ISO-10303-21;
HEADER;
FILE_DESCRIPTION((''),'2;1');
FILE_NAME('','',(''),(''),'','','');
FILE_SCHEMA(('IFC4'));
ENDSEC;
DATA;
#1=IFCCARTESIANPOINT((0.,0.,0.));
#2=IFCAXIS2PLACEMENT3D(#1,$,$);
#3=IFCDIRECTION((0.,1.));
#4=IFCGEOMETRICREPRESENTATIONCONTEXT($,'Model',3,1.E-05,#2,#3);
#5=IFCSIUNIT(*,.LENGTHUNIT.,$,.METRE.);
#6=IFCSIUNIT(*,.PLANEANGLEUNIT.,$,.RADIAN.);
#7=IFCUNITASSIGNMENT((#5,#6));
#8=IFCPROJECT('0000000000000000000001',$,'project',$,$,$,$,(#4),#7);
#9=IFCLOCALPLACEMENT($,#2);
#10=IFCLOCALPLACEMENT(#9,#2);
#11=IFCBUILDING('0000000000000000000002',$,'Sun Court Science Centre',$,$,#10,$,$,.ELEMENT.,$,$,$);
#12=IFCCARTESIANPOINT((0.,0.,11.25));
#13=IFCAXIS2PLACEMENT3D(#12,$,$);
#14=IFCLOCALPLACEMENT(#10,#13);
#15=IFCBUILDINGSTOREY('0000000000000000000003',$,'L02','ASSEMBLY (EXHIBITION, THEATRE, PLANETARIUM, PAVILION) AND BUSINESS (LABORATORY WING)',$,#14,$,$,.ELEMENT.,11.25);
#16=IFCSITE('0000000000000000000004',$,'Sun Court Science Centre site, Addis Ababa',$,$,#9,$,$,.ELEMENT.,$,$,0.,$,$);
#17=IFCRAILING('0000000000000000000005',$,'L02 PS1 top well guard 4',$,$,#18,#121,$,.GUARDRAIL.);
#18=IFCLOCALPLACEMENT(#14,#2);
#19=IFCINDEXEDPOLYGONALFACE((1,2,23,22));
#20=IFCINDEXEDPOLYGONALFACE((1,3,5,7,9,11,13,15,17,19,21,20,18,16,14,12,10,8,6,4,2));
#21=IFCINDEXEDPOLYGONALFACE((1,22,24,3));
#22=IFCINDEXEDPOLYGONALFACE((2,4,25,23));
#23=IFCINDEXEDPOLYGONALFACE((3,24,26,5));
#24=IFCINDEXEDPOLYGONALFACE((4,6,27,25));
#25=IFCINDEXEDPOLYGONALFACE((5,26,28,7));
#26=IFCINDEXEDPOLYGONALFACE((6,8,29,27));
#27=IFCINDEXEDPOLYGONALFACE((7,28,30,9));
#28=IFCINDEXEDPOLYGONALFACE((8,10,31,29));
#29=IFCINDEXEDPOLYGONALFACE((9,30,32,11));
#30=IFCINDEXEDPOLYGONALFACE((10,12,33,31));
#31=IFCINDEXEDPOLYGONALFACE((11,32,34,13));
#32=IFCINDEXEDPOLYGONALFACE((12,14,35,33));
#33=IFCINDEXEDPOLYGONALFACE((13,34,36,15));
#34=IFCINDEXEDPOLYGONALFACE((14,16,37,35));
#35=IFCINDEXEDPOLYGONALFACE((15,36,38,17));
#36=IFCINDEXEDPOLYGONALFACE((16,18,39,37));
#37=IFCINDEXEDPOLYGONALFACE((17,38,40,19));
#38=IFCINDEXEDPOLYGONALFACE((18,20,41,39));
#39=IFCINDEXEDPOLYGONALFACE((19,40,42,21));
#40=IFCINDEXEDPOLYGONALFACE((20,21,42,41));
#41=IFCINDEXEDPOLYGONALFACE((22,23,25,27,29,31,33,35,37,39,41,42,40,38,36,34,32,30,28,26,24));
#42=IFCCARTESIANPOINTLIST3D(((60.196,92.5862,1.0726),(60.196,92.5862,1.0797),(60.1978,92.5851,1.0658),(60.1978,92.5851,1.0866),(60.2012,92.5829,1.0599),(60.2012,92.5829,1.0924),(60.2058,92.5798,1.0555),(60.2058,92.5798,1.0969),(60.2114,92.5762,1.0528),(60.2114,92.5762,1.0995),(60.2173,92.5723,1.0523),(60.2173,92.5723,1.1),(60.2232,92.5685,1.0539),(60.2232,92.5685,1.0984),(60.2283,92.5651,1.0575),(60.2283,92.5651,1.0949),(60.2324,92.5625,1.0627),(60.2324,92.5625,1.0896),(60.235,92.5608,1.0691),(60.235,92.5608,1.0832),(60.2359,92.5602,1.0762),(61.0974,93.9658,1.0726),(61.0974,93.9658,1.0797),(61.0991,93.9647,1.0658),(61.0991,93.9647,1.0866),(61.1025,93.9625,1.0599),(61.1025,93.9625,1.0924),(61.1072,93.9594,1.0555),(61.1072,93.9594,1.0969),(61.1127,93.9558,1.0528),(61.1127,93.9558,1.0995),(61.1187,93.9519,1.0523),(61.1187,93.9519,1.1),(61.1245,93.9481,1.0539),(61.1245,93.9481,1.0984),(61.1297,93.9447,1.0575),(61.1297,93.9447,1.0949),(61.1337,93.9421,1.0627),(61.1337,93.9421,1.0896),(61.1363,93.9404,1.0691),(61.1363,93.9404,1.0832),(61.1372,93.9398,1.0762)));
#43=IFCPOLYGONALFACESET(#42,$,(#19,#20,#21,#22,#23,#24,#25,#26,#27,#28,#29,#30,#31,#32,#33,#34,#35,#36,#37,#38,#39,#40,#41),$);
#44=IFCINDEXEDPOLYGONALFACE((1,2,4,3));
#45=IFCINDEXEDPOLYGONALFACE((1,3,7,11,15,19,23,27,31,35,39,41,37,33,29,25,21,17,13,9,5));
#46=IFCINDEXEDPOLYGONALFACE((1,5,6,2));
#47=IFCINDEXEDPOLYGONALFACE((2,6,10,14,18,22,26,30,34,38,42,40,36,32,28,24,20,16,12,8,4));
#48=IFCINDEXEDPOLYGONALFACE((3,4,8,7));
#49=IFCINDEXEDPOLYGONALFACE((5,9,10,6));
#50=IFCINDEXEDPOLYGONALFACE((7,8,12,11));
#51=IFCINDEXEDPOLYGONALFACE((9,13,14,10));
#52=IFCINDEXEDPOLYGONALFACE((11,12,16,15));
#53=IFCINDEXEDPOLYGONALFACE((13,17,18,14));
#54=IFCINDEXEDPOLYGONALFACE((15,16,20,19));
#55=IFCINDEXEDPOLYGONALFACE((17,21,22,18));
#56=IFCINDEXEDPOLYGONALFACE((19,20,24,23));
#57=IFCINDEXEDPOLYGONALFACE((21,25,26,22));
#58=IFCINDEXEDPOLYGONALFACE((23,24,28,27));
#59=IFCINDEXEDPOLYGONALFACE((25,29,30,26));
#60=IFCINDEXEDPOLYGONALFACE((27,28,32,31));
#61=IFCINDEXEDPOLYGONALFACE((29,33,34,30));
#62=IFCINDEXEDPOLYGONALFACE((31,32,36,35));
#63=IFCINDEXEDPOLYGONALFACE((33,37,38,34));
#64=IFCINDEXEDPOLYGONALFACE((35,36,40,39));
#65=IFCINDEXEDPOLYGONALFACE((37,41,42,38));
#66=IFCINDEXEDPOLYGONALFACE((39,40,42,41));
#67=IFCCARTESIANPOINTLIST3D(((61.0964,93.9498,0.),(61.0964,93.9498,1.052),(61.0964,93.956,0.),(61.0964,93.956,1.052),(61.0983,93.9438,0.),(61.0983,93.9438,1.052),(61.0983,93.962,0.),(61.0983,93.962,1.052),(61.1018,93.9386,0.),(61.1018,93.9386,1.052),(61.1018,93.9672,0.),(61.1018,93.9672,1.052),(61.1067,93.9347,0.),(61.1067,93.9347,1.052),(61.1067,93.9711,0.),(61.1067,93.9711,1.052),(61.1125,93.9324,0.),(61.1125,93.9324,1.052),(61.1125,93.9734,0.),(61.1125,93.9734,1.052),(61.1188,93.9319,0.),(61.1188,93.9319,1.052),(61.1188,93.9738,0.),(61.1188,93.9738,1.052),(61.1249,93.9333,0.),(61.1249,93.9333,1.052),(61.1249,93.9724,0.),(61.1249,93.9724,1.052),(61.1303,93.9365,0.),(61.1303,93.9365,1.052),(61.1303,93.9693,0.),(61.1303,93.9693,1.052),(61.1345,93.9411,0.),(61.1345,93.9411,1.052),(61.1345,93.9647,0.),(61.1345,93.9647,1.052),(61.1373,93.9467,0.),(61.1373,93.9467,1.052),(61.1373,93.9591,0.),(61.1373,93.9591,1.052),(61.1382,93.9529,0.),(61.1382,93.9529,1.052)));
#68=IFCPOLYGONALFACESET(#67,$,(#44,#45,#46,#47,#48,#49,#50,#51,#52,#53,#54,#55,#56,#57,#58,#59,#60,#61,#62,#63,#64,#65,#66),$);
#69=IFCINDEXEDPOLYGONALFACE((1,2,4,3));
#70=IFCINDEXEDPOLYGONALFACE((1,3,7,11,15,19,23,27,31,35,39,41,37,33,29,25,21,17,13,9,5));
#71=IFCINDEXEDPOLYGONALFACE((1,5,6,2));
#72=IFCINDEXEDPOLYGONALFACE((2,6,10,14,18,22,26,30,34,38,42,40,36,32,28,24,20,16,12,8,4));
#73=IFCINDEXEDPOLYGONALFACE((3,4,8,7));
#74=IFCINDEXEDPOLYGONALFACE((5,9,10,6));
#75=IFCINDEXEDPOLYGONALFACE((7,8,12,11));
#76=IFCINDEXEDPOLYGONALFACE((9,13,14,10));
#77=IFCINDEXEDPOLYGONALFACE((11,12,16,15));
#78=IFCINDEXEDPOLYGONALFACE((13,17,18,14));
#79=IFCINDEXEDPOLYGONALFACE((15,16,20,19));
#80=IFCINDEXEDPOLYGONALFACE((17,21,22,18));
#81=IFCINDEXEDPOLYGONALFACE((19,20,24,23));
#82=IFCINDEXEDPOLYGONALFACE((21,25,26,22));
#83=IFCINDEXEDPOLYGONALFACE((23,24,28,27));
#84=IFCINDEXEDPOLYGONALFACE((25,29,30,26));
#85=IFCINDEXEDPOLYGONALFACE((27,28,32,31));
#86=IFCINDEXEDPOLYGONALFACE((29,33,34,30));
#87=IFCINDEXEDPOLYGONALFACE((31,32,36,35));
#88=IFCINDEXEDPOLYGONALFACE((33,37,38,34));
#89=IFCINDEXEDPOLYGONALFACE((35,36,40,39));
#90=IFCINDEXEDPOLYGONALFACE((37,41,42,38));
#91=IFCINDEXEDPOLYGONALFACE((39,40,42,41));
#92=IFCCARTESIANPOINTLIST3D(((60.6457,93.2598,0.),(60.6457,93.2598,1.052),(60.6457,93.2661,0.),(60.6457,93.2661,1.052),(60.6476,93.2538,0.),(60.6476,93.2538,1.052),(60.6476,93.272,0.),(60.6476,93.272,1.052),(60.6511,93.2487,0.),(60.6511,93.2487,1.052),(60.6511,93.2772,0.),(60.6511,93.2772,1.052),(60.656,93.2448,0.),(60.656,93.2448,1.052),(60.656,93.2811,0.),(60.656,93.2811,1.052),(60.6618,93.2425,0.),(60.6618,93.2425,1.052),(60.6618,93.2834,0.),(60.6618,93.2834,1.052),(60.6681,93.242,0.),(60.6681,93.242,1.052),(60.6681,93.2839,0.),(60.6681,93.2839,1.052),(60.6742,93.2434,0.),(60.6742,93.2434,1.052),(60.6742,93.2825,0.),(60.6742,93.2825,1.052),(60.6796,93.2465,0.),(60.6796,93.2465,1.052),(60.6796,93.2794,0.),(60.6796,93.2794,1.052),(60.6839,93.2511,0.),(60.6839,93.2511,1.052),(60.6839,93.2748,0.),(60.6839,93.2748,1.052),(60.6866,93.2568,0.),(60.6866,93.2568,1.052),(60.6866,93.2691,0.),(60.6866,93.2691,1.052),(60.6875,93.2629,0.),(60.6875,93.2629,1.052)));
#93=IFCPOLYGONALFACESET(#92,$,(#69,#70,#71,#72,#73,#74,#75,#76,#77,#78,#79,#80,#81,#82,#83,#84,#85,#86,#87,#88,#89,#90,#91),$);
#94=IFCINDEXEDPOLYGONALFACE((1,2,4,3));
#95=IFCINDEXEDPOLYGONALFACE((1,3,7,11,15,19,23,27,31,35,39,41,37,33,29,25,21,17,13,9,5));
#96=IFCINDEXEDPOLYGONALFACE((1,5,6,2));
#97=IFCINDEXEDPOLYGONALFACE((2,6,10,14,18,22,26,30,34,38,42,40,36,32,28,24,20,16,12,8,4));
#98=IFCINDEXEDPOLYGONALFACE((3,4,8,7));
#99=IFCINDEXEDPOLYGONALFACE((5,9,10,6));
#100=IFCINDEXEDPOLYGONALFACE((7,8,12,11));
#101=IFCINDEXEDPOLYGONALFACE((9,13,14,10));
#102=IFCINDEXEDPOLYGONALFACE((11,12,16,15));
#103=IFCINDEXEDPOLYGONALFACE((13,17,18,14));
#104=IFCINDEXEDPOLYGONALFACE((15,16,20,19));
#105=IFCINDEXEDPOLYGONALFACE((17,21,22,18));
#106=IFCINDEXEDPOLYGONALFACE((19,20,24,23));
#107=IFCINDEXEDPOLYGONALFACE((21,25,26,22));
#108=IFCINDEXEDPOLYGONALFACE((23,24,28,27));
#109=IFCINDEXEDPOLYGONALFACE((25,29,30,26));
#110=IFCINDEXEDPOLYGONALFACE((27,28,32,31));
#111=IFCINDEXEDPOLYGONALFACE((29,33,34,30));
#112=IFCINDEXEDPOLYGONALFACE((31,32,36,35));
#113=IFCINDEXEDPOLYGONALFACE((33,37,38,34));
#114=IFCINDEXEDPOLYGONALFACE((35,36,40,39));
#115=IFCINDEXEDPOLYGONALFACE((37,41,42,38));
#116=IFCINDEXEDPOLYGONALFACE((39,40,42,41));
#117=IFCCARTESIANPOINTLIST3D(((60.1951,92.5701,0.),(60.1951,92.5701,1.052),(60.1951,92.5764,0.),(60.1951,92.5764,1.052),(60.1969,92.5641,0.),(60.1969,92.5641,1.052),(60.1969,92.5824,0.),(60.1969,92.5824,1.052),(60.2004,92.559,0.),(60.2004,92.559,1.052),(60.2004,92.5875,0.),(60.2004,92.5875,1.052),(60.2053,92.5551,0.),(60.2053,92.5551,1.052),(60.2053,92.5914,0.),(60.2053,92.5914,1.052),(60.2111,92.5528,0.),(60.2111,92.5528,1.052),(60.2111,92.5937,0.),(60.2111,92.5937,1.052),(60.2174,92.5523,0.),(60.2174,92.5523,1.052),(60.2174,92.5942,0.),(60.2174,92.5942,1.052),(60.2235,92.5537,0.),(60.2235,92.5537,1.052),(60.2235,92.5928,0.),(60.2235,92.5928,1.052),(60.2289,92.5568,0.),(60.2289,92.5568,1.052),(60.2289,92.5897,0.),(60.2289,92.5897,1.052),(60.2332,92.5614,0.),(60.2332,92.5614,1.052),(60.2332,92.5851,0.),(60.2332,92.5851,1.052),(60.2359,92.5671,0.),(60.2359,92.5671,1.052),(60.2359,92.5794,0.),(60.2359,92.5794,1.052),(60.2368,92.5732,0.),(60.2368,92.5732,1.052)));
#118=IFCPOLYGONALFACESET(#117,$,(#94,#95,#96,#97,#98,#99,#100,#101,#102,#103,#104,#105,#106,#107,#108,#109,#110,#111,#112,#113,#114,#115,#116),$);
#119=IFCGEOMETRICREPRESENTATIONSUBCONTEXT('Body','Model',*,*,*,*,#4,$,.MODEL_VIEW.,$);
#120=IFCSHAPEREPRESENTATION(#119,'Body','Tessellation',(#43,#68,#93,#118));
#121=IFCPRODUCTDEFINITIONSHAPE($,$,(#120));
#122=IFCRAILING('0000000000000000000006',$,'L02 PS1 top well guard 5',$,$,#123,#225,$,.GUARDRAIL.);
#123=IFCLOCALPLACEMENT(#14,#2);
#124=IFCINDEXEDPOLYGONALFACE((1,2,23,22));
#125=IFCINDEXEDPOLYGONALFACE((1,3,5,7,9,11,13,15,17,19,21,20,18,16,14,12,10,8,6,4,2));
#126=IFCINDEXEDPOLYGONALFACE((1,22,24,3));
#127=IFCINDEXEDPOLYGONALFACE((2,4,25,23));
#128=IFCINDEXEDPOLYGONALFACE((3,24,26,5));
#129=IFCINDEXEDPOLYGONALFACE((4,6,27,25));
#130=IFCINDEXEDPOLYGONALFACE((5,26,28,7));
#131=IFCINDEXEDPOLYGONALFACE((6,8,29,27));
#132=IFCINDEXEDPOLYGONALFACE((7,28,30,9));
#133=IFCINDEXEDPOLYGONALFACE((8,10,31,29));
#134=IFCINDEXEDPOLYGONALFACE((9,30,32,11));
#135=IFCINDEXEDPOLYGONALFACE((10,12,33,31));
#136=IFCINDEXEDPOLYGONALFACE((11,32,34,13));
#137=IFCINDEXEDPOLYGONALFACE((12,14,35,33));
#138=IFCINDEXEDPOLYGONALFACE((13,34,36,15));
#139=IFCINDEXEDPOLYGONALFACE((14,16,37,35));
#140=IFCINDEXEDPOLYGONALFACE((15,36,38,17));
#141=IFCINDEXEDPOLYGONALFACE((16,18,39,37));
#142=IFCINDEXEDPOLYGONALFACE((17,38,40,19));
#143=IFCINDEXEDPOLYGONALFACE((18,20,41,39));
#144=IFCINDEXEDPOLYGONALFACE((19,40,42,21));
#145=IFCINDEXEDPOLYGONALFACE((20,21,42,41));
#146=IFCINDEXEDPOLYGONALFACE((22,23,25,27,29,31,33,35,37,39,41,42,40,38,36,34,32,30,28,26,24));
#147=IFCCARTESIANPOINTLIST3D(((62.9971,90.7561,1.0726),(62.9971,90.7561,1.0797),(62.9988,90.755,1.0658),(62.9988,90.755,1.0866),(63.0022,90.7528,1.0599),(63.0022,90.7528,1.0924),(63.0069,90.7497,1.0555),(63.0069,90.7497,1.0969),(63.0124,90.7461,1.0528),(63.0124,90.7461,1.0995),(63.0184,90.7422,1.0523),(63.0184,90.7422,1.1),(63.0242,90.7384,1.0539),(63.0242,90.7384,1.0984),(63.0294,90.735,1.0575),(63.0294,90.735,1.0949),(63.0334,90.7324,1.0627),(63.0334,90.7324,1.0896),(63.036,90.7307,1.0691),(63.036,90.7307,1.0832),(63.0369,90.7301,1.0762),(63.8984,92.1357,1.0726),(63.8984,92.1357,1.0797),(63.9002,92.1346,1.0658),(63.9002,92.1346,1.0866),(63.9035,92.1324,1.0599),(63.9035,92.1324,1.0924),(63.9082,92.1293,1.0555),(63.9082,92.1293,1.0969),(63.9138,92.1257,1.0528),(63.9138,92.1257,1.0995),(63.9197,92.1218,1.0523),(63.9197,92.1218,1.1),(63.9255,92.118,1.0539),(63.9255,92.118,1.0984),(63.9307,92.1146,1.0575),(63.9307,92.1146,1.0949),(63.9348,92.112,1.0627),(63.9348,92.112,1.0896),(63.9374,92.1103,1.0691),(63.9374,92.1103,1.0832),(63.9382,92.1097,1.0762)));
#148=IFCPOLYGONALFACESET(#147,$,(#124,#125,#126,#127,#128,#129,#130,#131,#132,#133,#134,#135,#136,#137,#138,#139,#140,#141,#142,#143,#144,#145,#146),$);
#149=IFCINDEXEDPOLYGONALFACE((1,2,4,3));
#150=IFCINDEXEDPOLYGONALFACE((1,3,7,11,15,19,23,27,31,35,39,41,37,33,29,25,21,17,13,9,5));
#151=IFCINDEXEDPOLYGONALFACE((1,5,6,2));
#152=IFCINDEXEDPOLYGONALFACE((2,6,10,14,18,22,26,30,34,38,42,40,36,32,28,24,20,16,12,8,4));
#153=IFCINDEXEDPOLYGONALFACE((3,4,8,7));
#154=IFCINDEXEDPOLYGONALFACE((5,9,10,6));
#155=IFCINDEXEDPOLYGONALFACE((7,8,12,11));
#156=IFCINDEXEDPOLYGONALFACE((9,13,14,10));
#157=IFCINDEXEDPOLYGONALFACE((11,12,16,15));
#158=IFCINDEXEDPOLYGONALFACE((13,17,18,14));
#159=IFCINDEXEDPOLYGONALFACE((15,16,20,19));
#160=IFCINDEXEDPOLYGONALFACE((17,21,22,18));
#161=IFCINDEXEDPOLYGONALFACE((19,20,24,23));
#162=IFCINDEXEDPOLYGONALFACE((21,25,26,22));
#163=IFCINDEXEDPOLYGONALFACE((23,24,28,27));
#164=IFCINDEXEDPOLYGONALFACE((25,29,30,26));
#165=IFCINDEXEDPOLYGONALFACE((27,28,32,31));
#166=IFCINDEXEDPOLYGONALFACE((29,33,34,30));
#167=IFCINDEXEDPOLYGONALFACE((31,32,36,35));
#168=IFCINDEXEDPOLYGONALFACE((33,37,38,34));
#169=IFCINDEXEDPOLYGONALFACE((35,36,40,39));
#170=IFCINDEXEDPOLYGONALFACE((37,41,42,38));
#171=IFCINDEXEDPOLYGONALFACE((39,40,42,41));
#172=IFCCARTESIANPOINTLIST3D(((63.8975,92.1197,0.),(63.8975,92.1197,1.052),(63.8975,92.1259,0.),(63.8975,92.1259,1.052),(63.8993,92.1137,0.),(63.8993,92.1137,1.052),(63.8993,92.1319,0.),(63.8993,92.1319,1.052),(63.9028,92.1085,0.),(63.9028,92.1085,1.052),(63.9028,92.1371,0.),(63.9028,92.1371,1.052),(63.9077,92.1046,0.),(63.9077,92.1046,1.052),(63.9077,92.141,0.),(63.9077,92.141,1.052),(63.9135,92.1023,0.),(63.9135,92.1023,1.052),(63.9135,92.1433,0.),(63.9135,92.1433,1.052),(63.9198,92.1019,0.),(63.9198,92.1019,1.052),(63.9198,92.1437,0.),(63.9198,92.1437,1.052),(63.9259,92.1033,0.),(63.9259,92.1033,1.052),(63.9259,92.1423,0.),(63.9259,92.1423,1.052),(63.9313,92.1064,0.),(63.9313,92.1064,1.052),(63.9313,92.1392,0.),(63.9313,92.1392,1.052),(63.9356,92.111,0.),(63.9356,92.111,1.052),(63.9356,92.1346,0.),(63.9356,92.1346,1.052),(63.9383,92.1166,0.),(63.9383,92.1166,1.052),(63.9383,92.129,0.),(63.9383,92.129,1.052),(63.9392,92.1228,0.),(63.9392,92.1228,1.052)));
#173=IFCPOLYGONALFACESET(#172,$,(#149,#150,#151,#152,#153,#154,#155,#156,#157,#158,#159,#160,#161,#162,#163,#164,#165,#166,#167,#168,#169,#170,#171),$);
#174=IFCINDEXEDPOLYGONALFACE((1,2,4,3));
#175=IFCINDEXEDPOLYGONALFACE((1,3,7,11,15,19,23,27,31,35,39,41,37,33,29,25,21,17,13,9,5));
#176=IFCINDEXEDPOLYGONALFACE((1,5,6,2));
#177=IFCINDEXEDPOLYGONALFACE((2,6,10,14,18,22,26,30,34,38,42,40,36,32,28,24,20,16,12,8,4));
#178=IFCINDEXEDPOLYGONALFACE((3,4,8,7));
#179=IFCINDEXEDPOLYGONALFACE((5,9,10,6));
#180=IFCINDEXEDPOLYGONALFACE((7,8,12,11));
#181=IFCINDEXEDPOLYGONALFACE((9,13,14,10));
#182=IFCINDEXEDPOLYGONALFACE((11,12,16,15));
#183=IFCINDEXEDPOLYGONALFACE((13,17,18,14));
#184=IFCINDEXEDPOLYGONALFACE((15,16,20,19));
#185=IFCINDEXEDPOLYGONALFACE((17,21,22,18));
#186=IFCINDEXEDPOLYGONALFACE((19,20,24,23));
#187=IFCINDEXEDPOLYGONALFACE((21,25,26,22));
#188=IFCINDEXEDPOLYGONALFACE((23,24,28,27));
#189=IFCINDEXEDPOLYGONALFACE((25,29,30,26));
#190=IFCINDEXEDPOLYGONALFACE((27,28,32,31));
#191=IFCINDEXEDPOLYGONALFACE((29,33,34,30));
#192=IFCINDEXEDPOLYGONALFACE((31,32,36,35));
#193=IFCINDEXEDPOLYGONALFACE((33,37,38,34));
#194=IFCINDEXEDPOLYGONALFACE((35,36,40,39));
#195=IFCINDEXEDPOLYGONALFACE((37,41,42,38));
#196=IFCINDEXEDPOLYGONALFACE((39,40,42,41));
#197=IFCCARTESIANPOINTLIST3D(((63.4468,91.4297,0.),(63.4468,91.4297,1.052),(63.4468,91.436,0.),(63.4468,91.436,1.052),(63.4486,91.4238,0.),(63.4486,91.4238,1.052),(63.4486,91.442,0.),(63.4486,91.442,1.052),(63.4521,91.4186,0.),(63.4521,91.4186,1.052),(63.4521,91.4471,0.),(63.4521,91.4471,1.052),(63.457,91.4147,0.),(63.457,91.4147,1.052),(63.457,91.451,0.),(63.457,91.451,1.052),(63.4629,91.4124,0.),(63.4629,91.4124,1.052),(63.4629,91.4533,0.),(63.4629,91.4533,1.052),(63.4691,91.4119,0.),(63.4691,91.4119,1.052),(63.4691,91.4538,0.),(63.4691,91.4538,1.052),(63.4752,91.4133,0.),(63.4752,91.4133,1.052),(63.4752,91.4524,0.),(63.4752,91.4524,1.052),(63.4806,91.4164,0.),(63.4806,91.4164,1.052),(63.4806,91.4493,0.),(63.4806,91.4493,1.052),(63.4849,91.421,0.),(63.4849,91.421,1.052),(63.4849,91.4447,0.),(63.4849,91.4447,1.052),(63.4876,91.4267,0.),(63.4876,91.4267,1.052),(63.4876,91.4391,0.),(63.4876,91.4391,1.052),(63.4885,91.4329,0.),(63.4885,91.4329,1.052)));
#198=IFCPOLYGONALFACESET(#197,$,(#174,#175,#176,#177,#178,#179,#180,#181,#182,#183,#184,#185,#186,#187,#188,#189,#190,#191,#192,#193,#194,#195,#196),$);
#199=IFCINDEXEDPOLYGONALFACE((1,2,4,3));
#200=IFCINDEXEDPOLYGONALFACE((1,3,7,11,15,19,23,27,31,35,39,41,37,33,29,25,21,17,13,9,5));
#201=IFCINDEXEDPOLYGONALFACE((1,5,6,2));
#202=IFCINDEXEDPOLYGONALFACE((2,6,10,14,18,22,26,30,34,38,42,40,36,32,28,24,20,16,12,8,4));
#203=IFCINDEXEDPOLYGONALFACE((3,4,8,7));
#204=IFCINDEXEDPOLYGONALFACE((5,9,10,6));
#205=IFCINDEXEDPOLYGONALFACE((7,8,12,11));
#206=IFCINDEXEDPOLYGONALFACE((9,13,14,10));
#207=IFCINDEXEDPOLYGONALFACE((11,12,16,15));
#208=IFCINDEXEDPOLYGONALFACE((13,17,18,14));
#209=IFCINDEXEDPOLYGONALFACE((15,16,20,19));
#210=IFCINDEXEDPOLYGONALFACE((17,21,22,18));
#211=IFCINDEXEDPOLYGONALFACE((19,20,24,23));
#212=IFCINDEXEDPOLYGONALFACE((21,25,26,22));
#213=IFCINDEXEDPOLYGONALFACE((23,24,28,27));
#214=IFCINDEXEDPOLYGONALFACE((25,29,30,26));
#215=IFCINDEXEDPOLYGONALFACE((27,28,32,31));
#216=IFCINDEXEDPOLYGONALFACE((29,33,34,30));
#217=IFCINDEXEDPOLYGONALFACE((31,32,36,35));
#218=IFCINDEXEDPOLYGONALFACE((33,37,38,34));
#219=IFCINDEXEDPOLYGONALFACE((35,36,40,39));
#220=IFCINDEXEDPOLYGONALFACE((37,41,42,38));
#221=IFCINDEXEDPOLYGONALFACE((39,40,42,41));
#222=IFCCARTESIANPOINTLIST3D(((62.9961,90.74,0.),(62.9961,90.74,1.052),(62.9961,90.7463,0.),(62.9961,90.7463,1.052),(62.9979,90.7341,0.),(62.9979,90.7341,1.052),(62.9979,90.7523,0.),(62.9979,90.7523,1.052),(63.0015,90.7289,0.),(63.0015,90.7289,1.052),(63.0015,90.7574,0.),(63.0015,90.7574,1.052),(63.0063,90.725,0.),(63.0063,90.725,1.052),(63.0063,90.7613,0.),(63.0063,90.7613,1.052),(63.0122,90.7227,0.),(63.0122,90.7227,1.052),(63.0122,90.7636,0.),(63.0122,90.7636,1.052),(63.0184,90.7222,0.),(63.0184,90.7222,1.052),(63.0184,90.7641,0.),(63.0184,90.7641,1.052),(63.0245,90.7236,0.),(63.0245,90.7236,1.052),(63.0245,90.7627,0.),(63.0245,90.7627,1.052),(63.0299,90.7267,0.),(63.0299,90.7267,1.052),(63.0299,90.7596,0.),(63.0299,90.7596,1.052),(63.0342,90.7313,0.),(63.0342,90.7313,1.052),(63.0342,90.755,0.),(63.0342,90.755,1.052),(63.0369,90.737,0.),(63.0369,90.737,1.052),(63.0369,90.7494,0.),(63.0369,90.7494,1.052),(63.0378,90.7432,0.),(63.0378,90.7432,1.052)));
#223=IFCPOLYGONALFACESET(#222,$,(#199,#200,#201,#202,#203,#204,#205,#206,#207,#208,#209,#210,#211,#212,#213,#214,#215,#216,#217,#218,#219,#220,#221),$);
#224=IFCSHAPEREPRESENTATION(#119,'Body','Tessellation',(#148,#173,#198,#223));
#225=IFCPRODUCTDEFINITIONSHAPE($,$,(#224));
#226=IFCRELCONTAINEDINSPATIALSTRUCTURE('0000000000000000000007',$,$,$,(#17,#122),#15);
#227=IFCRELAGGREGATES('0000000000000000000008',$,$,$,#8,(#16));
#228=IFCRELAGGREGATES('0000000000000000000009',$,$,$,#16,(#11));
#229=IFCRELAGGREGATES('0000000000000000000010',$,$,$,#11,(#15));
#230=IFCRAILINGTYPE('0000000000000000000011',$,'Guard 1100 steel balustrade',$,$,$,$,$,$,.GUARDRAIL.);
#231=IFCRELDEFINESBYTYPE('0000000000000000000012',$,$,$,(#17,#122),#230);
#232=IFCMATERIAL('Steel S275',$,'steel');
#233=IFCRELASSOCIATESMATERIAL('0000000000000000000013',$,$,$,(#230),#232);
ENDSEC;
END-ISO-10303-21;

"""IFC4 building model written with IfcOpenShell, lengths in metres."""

from ifc_helpers import new_model, si_unit, direction, frame, origin, origin_2d, place, context, subcontext, project, spatial, circle, extrude, material, type_object, element, save


model = new_model("IFC4")

# Units and contexts
model_context = context("Model", 3, precision=1e-05, world=origin(), true_north=direction((0.0, 1.0)))
body_context = subcontext(model_context, "Body", "Model", "MODEL_VIEW")
ifc_project = project(units=[si_unit("LENGTHUNIT", "METRE"), si_unit("PLANEANGLEUNIT", "RADIAN")], contexts=[model_context])

# Site, building, storey
site_placement = place(None, origin())
site = spatial("IfcSite", under=ifc_project, at=site_placement, Name="Sun Court Science Centre site, Addis Ababa", CompositionType="ELEMENT", RefElevation=0.0)
building_placement = place(site_placement, origin())
building = spatial("IfcBuilding", under=site, at=building_placement, Name="Sun Court Science Centre", CompositionType="ELEMENT")
storey_placement = place(building_placement, frame((0.0, 0.0, 11.25)))
storey = spatial("IfcBuildingStorey", under=building, at=storey_placement, Name="L02", Description="ASSEMBLY (EXHIBITION, THEATRE, PLANETARIUM, PAVILION) AND BUSINESS (LABORATORY WING)", CompositionType="ELEMENT", Elevation=11.25)

# Railings
ifc_material_1 = material(Name="Steel S275", Category="steel")
railing_type = type_object("IfcRailingType", Name="Guard 1100 steel balustrade", PredefinedType="GUARDRAIL", material=ifc_material_1)
for number, where, name in (
    (1, (61.1172, 93.9529, 0.0), "L02 PS1 top well guard 4"),
    (2, (63.9182, 92.1228, 0.0), "L02 PS1 top well guard 5"),
):
    element("IfcRailing", number, at=place(storey_placement, frame(where)), inside=storey, type_object=railing_type, Name=name, PredefinedType="GUARDRAIL", context=body_context, shape_type="SweptSolid", body=[
        extrude(circle(Radius=0.0239, at=origin_2d()), frame((0.0, 0.0, 1.0762), z_axis=(-0.54695, -0.837165, 0.0), x_axis=(0.837165, -0.54695, 0.0)), (0.0, 0.0, 1.0), 1.6479),
        extrude(circle(Radius=0.021, at=origin_2d()), origin(), (0.0, 0.0, 1.0), 1.052),
        extrude(circle(Radius=0.021, at=origin_2d()), frame((-0.4507, -0.6899, 0.0)), (0.0, 0.0, 1.0), 1.052),
        extrude(circle(Radius=0.021, at=origin_2d()), frame((-0.9014, -1.3796, 0.0)), (0.0, 0.0, 1.0), 1.052),
    ])

save(model, "model.ifc")
